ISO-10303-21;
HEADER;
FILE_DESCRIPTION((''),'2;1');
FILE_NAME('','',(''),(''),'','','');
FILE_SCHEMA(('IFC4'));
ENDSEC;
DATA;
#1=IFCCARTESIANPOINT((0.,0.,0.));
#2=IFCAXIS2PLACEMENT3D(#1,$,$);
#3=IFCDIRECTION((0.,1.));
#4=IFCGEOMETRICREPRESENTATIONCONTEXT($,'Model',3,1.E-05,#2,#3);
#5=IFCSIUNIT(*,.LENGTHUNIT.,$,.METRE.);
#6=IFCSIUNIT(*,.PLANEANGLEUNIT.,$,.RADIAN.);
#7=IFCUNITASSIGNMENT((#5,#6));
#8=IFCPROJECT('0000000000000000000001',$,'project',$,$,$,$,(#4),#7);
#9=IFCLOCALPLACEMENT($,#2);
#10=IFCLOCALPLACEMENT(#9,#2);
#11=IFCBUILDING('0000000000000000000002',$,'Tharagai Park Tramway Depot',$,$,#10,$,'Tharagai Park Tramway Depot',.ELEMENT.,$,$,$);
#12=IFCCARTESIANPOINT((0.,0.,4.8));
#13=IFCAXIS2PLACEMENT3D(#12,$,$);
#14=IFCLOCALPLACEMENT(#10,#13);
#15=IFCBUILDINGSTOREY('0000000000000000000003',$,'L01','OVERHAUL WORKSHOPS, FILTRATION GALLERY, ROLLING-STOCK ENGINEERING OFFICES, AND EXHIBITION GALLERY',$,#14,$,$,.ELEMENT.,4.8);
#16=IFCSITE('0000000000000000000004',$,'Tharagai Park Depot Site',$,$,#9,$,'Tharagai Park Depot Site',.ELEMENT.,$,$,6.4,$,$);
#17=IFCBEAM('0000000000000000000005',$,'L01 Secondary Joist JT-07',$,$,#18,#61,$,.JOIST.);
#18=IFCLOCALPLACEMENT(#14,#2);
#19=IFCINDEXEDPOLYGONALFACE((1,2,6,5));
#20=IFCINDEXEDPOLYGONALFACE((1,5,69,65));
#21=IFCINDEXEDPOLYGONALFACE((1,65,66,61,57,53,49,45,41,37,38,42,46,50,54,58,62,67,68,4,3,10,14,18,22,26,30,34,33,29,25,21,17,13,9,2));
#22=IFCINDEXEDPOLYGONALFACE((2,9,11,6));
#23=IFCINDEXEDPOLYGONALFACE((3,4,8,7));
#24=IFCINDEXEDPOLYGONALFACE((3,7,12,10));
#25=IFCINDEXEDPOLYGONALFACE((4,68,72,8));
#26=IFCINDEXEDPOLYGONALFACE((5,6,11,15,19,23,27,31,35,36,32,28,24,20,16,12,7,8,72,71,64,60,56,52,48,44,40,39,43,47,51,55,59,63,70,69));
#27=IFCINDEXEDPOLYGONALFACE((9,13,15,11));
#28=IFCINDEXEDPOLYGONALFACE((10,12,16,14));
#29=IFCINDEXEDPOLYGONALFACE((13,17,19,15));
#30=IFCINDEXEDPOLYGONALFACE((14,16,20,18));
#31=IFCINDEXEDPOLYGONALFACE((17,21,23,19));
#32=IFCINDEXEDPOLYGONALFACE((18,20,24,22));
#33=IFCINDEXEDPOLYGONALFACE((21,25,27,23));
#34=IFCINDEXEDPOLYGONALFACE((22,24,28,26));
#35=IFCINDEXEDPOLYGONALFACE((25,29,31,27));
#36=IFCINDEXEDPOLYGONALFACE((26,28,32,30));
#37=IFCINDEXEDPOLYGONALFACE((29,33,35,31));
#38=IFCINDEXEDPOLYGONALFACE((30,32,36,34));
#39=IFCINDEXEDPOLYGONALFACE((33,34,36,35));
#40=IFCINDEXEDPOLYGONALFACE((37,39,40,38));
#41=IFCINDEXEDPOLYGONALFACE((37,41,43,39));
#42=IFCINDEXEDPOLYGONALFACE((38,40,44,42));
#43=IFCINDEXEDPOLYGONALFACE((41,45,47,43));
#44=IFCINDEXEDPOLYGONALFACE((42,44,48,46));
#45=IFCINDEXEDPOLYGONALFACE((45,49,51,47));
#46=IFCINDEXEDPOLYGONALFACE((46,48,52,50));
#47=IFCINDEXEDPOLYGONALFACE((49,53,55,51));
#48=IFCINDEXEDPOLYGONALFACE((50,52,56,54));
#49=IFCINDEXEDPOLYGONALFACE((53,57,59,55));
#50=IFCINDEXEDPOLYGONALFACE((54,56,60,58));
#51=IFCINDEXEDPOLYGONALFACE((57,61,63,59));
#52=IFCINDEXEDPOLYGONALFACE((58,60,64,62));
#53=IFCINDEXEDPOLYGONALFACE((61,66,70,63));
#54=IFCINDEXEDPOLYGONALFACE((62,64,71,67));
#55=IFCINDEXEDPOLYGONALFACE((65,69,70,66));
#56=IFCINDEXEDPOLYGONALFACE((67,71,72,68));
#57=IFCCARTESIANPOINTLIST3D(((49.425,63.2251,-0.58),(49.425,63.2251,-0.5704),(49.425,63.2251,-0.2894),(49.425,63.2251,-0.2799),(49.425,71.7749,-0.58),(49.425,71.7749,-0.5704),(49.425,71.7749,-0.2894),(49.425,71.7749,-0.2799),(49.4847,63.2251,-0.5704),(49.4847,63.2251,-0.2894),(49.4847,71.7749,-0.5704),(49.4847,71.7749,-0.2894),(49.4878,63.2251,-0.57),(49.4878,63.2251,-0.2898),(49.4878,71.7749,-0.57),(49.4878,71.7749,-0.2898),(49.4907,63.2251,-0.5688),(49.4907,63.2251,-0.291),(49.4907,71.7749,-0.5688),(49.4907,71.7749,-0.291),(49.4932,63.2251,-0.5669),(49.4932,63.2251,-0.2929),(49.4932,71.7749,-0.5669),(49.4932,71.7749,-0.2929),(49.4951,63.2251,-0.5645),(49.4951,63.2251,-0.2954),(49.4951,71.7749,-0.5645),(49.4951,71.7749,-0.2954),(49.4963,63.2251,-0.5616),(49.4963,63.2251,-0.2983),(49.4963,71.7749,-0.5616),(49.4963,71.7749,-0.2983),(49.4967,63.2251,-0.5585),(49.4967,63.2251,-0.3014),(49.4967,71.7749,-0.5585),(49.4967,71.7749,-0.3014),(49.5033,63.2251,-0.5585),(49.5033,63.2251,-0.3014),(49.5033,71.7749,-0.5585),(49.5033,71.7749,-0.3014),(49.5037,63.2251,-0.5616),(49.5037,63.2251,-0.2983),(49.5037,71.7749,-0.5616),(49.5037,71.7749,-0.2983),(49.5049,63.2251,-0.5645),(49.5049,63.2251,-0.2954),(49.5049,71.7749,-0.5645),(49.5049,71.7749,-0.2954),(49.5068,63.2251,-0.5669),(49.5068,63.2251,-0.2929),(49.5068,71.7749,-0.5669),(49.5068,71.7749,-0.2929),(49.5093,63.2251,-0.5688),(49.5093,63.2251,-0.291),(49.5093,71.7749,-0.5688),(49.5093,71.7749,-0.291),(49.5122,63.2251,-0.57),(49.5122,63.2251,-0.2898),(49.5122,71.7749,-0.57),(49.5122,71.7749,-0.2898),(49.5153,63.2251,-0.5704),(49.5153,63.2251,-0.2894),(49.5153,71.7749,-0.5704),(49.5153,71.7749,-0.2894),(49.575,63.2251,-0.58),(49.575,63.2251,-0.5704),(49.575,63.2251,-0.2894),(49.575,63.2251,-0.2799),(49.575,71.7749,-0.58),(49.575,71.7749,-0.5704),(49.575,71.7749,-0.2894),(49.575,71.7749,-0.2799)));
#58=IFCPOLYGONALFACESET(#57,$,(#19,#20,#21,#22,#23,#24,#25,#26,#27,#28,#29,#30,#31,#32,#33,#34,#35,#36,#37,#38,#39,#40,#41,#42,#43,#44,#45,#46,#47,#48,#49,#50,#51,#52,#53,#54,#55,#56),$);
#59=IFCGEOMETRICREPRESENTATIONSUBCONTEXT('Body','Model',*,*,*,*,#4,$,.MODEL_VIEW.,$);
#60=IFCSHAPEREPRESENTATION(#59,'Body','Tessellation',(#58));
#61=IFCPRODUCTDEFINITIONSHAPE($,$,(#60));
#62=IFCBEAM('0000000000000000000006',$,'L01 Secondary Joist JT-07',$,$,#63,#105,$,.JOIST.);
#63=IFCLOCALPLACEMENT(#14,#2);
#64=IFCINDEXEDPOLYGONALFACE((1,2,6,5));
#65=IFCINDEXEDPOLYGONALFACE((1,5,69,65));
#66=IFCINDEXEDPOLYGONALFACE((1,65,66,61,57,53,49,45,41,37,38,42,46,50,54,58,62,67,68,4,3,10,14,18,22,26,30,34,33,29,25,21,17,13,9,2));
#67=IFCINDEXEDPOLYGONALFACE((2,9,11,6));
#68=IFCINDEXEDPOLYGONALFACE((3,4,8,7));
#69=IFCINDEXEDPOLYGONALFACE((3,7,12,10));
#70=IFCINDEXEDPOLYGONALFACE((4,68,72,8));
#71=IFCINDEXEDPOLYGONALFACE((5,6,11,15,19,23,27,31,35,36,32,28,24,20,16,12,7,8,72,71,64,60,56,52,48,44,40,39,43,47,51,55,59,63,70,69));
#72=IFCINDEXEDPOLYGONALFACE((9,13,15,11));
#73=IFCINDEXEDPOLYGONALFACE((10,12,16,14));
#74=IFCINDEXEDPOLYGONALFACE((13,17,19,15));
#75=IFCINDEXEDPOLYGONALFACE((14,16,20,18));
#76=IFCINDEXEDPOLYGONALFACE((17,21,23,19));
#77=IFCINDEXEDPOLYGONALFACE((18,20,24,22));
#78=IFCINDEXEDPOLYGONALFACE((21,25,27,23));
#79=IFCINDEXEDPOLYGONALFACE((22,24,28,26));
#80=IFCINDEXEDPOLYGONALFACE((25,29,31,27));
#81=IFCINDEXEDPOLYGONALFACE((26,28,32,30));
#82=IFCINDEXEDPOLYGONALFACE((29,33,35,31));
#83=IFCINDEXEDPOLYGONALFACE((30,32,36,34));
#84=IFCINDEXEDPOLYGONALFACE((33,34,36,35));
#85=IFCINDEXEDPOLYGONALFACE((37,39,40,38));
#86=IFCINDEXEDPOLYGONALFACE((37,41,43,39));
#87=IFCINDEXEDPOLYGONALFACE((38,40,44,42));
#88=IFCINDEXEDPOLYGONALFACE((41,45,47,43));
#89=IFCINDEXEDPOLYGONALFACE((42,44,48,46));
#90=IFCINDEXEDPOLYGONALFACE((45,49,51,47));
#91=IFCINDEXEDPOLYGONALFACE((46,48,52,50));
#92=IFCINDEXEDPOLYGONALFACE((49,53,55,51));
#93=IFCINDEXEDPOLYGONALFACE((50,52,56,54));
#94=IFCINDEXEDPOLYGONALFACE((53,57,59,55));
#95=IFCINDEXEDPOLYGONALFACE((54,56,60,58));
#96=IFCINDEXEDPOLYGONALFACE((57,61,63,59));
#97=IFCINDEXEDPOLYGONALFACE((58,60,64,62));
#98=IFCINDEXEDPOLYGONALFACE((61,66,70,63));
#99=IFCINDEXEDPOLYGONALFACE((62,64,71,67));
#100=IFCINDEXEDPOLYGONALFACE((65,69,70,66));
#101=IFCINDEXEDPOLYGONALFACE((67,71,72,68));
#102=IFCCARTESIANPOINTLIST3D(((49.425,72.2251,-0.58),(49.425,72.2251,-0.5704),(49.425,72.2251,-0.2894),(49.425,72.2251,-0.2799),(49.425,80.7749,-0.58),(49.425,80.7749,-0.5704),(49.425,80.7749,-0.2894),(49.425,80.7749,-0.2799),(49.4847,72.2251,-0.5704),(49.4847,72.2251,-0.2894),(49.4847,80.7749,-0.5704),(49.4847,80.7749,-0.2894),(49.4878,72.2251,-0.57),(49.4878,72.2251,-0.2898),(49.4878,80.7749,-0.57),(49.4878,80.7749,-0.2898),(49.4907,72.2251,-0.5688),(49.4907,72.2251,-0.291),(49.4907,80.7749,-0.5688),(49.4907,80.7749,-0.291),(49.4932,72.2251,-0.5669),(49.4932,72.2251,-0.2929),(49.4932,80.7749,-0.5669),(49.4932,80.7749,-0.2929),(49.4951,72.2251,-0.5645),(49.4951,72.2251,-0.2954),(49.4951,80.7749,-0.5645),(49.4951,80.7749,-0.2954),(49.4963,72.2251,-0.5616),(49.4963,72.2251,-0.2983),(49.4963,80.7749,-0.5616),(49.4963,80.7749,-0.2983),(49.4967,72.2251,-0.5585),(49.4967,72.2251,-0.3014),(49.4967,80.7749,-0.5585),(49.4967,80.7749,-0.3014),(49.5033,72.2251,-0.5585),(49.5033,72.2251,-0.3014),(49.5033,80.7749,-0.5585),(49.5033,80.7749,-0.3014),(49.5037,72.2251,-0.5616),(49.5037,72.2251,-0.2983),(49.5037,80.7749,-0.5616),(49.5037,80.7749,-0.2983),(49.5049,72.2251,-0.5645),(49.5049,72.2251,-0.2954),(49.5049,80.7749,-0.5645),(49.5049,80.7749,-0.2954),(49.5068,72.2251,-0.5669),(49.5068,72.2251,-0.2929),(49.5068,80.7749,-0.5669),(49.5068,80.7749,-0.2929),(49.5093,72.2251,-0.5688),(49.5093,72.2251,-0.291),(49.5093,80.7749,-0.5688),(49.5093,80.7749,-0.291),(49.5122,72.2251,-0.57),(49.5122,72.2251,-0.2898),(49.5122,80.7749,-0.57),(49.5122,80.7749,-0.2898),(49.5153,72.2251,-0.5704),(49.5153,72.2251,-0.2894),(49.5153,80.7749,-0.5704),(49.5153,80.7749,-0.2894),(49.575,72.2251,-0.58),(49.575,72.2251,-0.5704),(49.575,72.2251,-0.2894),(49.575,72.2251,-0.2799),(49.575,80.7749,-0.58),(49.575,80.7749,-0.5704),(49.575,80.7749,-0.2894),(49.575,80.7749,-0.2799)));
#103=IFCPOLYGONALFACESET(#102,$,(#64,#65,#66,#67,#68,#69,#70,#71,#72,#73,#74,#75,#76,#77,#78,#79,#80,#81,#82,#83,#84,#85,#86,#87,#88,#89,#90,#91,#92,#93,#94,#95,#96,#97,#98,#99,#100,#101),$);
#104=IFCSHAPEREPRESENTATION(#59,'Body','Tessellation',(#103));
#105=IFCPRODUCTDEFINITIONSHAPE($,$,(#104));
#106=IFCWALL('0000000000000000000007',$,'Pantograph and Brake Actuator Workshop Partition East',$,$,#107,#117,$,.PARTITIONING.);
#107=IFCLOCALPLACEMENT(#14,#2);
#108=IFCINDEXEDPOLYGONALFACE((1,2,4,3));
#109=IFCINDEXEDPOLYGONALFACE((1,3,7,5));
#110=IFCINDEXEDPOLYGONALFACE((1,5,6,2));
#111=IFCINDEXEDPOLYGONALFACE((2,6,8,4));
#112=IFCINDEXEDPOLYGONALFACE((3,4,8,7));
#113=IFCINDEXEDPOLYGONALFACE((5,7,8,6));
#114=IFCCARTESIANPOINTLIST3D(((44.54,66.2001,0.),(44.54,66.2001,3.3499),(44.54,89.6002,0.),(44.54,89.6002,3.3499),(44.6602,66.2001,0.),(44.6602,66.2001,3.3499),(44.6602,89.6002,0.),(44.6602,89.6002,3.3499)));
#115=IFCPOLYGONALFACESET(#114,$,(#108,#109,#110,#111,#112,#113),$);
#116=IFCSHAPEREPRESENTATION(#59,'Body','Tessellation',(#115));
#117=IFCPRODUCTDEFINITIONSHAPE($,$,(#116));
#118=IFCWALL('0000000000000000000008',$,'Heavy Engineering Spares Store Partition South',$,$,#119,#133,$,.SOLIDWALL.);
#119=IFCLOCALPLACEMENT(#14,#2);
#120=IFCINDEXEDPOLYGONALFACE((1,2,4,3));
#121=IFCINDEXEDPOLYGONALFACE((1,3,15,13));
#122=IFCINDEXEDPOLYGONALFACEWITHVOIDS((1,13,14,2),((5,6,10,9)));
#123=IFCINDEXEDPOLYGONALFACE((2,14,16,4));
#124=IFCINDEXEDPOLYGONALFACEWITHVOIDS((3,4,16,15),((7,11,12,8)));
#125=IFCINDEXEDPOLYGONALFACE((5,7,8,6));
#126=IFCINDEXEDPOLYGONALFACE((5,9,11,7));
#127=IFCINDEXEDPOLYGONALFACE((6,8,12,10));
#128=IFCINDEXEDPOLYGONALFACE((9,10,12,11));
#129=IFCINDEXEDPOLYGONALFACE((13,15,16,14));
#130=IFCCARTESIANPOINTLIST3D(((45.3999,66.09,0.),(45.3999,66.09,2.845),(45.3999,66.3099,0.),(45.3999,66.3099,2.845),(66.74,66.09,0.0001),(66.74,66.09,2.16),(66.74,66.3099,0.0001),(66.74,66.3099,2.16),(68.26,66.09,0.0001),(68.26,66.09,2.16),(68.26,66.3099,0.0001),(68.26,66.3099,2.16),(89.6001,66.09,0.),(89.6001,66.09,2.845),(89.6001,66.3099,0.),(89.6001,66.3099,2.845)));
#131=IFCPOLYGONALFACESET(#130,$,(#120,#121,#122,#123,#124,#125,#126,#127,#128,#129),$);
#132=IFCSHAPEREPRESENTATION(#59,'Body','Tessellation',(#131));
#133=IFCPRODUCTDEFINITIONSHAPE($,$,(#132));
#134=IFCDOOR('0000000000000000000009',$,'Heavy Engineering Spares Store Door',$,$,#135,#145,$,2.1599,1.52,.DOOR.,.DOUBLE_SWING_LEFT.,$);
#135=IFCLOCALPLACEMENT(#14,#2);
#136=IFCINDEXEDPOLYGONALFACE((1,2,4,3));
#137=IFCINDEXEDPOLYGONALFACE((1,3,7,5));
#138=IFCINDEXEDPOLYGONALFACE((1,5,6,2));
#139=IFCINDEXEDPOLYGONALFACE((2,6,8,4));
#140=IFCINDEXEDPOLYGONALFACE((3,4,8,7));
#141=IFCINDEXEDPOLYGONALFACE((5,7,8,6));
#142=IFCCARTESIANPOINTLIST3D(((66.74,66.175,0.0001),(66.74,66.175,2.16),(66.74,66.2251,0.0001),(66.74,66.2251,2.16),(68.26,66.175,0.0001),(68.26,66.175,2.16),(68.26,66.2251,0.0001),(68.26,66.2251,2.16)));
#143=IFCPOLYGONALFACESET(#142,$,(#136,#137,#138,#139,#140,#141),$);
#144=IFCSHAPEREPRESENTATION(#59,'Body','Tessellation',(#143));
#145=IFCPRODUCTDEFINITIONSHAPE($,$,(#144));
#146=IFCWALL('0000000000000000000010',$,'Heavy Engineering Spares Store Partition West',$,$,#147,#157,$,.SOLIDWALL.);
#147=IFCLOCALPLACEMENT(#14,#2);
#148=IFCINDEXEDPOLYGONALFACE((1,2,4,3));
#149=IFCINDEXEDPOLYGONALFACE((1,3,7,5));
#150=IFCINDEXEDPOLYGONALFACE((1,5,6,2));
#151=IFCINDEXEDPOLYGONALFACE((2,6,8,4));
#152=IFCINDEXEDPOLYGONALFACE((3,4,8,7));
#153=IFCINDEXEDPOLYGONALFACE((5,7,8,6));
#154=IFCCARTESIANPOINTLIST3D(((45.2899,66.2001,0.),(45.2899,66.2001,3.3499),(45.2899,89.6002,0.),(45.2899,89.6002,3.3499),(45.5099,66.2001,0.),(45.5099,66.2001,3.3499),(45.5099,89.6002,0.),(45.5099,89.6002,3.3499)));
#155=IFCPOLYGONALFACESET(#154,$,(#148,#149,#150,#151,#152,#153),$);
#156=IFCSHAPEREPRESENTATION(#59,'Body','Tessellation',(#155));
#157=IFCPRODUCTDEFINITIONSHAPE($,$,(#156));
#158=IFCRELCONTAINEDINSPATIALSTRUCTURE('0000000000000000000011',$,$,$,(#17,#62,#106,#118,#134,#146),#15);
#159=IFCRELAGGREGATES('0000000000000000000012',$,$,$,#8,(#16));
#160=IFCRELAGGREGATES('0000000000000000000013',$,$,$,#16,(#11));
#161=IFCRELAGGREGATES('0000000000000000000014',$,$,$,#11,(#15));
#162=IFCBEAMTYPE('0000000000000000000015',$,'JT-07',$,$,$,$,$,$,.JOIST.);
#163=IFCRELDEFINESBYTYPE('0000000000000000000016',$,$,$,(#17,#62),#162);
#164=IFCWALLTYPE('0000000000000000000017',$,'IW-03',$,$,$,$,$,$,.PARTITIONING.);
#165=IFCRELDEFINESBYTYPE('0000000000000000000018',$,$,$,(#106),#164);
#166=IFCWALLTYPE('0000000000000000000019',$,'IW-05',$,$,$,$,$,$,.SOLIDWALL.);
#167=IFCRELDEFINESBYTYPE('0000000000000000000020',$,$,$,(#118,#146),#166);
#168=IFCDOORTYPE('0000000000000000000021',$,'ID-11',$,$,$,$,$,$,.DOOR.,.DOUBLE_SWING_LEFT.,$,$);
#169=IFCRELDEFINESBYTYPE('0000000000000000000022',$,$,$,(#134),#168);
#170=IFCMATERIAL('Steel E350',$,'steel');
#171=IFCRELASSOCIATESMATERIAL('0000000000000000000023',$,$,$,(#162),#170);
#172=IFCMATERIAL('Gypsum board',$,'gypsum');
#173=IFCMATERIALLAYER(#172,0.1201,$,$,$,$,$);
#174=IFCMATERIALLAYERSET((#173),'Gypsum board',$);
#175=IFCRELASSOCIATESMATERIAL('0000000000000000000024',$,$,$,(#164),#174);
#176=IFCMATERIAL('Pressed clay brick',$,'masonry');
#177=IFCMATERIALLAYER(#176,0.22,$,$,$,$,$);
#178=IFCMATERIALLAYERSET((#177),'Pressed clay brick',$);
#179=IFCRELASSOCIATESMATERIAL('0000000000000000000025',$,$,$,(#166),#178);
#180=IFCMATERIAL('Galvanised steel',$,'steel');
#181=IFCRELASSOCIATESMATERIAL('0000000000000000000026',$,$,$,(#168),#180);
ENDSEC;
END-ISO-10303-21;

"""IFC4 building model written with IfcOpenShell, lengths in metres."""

from ifc_helpers import new_model, si_unit, direction, frame, frame_2d, origin, origin_2d, place, context, subcontext, project, spatial, rectangle, i_section, extrude, material, layer, layer_set, material_profile, profile_set, type_object, element, fill, save


model = new_model("IFC4")

# Units and contexts
model_context = context("Model", 3, precision=1e-05, world=origin(), true_north=direction((0.0, 1.0)))
body_context = subcontext(model_context, "Body", "Model", "MODEL_VIEW")
ifc_project = project(units=[si_unit("LENGTHUNIT", "METRE"), si_unit("PLANEANGLEUNIT", "RADIAN")], contexts=[model_context])

# Site, building, storey
site_placement = place(None, origin())
site = spatial("IfcSite", under=ifc_project, at=site_placement, Name="Tharagai Park Depot Site", LongName="Tharagai Park Depot Site", CompositionType="ELEMENT", RefElevation=6.4)
building_placement = place(site_placement, origin())
building = spatial("IfcBuilding", under=site, at=building_placement, Name="Tharagai Park Tramway Depot", LongName="Tharagai Park Tramway Depot", CompositionType="ELEMENT")
storey_placement = place(building_placement, frame((0.0, 0.0, 4.8)))
storey = spatial("IfcBuildingStorey", under=building, at=storey_placement, Name="L01", Description="OVERHAUL WORKSHOPS, FILTRATION GALLERY, ROLLING-STOCK ENGINEERING OFFICES, AND EXHIBITION GALLERY", CompositionType="ELEMENT", Elevation=4.8)

# Shared definitions
ifc_material_1 = material(Name="Steel E350", Category="steel")

# Beams
ifc_material_profile_1 = material_profile(ifc_material_1, i_section(OverallWidth=0.1499, OverallDepth=0.3, WebThickness=0.0066, FlangeThickness=0.0095, FilletRadius=0.012, at=origin_2d()), Name="ISLB 300")
ifc_profile_set_1 = profile_set([ifc_material_profile_1], Name="Steel E350")
beam_type_1 = type_object("IfcBeamType", Name="JT-07", PredefinedType="JOIST", material=ifc_profile_set_1)
for number, where, z_axis, x_axis, name in (
    (1, (49.5, 63.2251, -0.4299), (0.0, 1.0, 0.0), (-1.0, 0.0, 0.0), "L01 Secondary Joist JT-07"),
    (2, (49.5, 72.2251, -0.4299), (0.0, 1.0, 0.0), (-1.0, 0.0, 0.0), "L01 Secondary Joist JT-07"),
):
    element("IfcBeam", number, at=place(storey_placement, frame(where, z_axis=z_axis, x_axis=x_axis)), inside=storey, type_object=beam_type_1, Name=name, PredefinedType="JOIST", context=body_context, shape_type="SweptSolid", body=[
        extrude(i_section(OverallWidth=0.1499, OverallDepth=0.3, WebThickness=0.0066, FlangeThickness=0.0095, FilletRadius=0.012, at=origin_2d()), origin(), (0.0, 0.0, 1.0), 8.5498),
    ])

# Wall
ifc_material_2 = material(Name="Gypsum board", Category="gypsum")
ifc_layer_1 = layer(ifc_material_2, 0.1201)
ifc_layer_set_1 = layer_set([ifc_layer_1], Name="Gypsum board")
wall_type_1 = type_object("IfcWallType", Name="IW-03", PredefinedType="PARTITIONING", material=ifc_layer_set_1)
wall_1_placement = place(storey_placement, frame((44.6001, 66.2, 0.0), z_axis=(0.0, 0.0, 1.0), x_axis=(0.0, 1.0, 0.0)))
element("IfcWall", 3, at=wall_1_placement, inside=storey, type_object=wall_type_1, Name="Pantograph and Brake Actuator Workshop Partition East", PredefinedType="PARTITIONING", context=body_context, shape_type="SweptSolid", body=[
    extrude(rectangle(XDim=23.4001, YDim=0.1201, at=frame_2d((11.7002, 0.0))), origin(), (0.0, 0.0, 1.0), 3.3499),
])

# Wall, opening, door
ifc_material_3 = material(Name="Pressed clay brick", Category="masonry")
ifc_layer_2 = layer(ifc_material_3, 0.22)
ifc_layer_set_2 = layer_set([ifc_layer_2], Name="Pressed clay brick")
wall_type_2 = type_object("IfcWallType", Name="IW-05", PredefinedType="SOLIDWALL", material=ifc_layer_set_2)
wall_2_placement = place(storey_placement, frame((45.3999, 66.2, 0.0), z_axis=(0.0, 0.0, 1.0), x_axis=(1.0, 0.0, 0.0)))
wall_2 = element("IfcWall", 4, at=wall_2_placement, inside=storey, type_object=wall_type_2, Name="Heavy Engineering Spares Store Partition South", PredefinedType="SOLIDWALL", context=body_context, shape_type="SweptSolid", body=[
    extrude(rectangle(XDim=44.2002, YDim=0.22, at=frame_2d((22.1001, 0.0))), origin(), (0.0, 0.0, 1.0), 2.845),
])
opening_placement = place(wall_2_placement, frame((21.3401, 0.0, 0.0)))
opening = element("IfcOpeningElement", 5, at=opening_placement, cuts=wall_2, PredefinedType="OPENING", context=body_context, shape_type="SweptSolid", body=[
    extrude(rectangle(XDim=1.52, YDim=2.1599, at=frame_2d((0.76, 1.0801))), frame((0.0, 0.1199, 0.0), z_axis=(0.0, -1.0, 0.0), x_axis=(1.0, 0.0, 0.0)), (0.0, 0.0, 1.0), 0.24),
])
ifc_material_4 = material(Name="Galvanised steel", Category="steel")
door_type = type_object("IfcDoorType", Name="ID-11", OperationType="DOUBLE_SWING_LEFT", PredefinedType="DOOR", material=ifc_material_4)
door_placement = place(opening_placement, frame((1.52, 0.0, 0.0), z_axis=(0.0, 0.0, 1.0), x_axis=(-1.0, 0.0, 0.0)))
door = element("IfcDoor", 6, at=door_placement, inside=storey, type_object=door_type, Name="Heavy Engineering Spares Store Door", OperationType="DOUBLE_SWING_LEFT", OverallHeight=2.1599, OverallWidth=1.52, PredefinedType="DOOR", context=body_context, shape_type="SweptSolid", body=[
    extrude(rectangle(XDim=1.52, YDim=2.1599, at=frame_2d((0.76, 1.0801))), frame((0.0, 0.0249, 0.0), z_axis=(0.0, -1.0, 0.0), x_axis=(1.0, 0.0, 0.0)), (0.0, 0.0, 1.0), 0.05),
])
fill(opening, door)

# Wall
wall_3_placement = place(storey_placement, frame((45.3999, 66.2, 0.0), z_axis=(0.0, 0.0, 1.0), x_axis=(0.0, 1.0, 0.0)))
element("IfcWall", 7, at=wall_3_placement, inside=storey, type_object=wall_type_2, Name="Heavy Engineering Spares Store Partition West", PredefinedType="SOLIDWALL", context=body_context, shape_type="SweptSolid", body=[
    extrude(rectangle(XDim=23.4001, YDim=0.22, at=frame_2d((11.7002, 0.0))), origin(), (0.0, 0.0, 1.0), 3.3499),
])

save(model, "model.ifc")
